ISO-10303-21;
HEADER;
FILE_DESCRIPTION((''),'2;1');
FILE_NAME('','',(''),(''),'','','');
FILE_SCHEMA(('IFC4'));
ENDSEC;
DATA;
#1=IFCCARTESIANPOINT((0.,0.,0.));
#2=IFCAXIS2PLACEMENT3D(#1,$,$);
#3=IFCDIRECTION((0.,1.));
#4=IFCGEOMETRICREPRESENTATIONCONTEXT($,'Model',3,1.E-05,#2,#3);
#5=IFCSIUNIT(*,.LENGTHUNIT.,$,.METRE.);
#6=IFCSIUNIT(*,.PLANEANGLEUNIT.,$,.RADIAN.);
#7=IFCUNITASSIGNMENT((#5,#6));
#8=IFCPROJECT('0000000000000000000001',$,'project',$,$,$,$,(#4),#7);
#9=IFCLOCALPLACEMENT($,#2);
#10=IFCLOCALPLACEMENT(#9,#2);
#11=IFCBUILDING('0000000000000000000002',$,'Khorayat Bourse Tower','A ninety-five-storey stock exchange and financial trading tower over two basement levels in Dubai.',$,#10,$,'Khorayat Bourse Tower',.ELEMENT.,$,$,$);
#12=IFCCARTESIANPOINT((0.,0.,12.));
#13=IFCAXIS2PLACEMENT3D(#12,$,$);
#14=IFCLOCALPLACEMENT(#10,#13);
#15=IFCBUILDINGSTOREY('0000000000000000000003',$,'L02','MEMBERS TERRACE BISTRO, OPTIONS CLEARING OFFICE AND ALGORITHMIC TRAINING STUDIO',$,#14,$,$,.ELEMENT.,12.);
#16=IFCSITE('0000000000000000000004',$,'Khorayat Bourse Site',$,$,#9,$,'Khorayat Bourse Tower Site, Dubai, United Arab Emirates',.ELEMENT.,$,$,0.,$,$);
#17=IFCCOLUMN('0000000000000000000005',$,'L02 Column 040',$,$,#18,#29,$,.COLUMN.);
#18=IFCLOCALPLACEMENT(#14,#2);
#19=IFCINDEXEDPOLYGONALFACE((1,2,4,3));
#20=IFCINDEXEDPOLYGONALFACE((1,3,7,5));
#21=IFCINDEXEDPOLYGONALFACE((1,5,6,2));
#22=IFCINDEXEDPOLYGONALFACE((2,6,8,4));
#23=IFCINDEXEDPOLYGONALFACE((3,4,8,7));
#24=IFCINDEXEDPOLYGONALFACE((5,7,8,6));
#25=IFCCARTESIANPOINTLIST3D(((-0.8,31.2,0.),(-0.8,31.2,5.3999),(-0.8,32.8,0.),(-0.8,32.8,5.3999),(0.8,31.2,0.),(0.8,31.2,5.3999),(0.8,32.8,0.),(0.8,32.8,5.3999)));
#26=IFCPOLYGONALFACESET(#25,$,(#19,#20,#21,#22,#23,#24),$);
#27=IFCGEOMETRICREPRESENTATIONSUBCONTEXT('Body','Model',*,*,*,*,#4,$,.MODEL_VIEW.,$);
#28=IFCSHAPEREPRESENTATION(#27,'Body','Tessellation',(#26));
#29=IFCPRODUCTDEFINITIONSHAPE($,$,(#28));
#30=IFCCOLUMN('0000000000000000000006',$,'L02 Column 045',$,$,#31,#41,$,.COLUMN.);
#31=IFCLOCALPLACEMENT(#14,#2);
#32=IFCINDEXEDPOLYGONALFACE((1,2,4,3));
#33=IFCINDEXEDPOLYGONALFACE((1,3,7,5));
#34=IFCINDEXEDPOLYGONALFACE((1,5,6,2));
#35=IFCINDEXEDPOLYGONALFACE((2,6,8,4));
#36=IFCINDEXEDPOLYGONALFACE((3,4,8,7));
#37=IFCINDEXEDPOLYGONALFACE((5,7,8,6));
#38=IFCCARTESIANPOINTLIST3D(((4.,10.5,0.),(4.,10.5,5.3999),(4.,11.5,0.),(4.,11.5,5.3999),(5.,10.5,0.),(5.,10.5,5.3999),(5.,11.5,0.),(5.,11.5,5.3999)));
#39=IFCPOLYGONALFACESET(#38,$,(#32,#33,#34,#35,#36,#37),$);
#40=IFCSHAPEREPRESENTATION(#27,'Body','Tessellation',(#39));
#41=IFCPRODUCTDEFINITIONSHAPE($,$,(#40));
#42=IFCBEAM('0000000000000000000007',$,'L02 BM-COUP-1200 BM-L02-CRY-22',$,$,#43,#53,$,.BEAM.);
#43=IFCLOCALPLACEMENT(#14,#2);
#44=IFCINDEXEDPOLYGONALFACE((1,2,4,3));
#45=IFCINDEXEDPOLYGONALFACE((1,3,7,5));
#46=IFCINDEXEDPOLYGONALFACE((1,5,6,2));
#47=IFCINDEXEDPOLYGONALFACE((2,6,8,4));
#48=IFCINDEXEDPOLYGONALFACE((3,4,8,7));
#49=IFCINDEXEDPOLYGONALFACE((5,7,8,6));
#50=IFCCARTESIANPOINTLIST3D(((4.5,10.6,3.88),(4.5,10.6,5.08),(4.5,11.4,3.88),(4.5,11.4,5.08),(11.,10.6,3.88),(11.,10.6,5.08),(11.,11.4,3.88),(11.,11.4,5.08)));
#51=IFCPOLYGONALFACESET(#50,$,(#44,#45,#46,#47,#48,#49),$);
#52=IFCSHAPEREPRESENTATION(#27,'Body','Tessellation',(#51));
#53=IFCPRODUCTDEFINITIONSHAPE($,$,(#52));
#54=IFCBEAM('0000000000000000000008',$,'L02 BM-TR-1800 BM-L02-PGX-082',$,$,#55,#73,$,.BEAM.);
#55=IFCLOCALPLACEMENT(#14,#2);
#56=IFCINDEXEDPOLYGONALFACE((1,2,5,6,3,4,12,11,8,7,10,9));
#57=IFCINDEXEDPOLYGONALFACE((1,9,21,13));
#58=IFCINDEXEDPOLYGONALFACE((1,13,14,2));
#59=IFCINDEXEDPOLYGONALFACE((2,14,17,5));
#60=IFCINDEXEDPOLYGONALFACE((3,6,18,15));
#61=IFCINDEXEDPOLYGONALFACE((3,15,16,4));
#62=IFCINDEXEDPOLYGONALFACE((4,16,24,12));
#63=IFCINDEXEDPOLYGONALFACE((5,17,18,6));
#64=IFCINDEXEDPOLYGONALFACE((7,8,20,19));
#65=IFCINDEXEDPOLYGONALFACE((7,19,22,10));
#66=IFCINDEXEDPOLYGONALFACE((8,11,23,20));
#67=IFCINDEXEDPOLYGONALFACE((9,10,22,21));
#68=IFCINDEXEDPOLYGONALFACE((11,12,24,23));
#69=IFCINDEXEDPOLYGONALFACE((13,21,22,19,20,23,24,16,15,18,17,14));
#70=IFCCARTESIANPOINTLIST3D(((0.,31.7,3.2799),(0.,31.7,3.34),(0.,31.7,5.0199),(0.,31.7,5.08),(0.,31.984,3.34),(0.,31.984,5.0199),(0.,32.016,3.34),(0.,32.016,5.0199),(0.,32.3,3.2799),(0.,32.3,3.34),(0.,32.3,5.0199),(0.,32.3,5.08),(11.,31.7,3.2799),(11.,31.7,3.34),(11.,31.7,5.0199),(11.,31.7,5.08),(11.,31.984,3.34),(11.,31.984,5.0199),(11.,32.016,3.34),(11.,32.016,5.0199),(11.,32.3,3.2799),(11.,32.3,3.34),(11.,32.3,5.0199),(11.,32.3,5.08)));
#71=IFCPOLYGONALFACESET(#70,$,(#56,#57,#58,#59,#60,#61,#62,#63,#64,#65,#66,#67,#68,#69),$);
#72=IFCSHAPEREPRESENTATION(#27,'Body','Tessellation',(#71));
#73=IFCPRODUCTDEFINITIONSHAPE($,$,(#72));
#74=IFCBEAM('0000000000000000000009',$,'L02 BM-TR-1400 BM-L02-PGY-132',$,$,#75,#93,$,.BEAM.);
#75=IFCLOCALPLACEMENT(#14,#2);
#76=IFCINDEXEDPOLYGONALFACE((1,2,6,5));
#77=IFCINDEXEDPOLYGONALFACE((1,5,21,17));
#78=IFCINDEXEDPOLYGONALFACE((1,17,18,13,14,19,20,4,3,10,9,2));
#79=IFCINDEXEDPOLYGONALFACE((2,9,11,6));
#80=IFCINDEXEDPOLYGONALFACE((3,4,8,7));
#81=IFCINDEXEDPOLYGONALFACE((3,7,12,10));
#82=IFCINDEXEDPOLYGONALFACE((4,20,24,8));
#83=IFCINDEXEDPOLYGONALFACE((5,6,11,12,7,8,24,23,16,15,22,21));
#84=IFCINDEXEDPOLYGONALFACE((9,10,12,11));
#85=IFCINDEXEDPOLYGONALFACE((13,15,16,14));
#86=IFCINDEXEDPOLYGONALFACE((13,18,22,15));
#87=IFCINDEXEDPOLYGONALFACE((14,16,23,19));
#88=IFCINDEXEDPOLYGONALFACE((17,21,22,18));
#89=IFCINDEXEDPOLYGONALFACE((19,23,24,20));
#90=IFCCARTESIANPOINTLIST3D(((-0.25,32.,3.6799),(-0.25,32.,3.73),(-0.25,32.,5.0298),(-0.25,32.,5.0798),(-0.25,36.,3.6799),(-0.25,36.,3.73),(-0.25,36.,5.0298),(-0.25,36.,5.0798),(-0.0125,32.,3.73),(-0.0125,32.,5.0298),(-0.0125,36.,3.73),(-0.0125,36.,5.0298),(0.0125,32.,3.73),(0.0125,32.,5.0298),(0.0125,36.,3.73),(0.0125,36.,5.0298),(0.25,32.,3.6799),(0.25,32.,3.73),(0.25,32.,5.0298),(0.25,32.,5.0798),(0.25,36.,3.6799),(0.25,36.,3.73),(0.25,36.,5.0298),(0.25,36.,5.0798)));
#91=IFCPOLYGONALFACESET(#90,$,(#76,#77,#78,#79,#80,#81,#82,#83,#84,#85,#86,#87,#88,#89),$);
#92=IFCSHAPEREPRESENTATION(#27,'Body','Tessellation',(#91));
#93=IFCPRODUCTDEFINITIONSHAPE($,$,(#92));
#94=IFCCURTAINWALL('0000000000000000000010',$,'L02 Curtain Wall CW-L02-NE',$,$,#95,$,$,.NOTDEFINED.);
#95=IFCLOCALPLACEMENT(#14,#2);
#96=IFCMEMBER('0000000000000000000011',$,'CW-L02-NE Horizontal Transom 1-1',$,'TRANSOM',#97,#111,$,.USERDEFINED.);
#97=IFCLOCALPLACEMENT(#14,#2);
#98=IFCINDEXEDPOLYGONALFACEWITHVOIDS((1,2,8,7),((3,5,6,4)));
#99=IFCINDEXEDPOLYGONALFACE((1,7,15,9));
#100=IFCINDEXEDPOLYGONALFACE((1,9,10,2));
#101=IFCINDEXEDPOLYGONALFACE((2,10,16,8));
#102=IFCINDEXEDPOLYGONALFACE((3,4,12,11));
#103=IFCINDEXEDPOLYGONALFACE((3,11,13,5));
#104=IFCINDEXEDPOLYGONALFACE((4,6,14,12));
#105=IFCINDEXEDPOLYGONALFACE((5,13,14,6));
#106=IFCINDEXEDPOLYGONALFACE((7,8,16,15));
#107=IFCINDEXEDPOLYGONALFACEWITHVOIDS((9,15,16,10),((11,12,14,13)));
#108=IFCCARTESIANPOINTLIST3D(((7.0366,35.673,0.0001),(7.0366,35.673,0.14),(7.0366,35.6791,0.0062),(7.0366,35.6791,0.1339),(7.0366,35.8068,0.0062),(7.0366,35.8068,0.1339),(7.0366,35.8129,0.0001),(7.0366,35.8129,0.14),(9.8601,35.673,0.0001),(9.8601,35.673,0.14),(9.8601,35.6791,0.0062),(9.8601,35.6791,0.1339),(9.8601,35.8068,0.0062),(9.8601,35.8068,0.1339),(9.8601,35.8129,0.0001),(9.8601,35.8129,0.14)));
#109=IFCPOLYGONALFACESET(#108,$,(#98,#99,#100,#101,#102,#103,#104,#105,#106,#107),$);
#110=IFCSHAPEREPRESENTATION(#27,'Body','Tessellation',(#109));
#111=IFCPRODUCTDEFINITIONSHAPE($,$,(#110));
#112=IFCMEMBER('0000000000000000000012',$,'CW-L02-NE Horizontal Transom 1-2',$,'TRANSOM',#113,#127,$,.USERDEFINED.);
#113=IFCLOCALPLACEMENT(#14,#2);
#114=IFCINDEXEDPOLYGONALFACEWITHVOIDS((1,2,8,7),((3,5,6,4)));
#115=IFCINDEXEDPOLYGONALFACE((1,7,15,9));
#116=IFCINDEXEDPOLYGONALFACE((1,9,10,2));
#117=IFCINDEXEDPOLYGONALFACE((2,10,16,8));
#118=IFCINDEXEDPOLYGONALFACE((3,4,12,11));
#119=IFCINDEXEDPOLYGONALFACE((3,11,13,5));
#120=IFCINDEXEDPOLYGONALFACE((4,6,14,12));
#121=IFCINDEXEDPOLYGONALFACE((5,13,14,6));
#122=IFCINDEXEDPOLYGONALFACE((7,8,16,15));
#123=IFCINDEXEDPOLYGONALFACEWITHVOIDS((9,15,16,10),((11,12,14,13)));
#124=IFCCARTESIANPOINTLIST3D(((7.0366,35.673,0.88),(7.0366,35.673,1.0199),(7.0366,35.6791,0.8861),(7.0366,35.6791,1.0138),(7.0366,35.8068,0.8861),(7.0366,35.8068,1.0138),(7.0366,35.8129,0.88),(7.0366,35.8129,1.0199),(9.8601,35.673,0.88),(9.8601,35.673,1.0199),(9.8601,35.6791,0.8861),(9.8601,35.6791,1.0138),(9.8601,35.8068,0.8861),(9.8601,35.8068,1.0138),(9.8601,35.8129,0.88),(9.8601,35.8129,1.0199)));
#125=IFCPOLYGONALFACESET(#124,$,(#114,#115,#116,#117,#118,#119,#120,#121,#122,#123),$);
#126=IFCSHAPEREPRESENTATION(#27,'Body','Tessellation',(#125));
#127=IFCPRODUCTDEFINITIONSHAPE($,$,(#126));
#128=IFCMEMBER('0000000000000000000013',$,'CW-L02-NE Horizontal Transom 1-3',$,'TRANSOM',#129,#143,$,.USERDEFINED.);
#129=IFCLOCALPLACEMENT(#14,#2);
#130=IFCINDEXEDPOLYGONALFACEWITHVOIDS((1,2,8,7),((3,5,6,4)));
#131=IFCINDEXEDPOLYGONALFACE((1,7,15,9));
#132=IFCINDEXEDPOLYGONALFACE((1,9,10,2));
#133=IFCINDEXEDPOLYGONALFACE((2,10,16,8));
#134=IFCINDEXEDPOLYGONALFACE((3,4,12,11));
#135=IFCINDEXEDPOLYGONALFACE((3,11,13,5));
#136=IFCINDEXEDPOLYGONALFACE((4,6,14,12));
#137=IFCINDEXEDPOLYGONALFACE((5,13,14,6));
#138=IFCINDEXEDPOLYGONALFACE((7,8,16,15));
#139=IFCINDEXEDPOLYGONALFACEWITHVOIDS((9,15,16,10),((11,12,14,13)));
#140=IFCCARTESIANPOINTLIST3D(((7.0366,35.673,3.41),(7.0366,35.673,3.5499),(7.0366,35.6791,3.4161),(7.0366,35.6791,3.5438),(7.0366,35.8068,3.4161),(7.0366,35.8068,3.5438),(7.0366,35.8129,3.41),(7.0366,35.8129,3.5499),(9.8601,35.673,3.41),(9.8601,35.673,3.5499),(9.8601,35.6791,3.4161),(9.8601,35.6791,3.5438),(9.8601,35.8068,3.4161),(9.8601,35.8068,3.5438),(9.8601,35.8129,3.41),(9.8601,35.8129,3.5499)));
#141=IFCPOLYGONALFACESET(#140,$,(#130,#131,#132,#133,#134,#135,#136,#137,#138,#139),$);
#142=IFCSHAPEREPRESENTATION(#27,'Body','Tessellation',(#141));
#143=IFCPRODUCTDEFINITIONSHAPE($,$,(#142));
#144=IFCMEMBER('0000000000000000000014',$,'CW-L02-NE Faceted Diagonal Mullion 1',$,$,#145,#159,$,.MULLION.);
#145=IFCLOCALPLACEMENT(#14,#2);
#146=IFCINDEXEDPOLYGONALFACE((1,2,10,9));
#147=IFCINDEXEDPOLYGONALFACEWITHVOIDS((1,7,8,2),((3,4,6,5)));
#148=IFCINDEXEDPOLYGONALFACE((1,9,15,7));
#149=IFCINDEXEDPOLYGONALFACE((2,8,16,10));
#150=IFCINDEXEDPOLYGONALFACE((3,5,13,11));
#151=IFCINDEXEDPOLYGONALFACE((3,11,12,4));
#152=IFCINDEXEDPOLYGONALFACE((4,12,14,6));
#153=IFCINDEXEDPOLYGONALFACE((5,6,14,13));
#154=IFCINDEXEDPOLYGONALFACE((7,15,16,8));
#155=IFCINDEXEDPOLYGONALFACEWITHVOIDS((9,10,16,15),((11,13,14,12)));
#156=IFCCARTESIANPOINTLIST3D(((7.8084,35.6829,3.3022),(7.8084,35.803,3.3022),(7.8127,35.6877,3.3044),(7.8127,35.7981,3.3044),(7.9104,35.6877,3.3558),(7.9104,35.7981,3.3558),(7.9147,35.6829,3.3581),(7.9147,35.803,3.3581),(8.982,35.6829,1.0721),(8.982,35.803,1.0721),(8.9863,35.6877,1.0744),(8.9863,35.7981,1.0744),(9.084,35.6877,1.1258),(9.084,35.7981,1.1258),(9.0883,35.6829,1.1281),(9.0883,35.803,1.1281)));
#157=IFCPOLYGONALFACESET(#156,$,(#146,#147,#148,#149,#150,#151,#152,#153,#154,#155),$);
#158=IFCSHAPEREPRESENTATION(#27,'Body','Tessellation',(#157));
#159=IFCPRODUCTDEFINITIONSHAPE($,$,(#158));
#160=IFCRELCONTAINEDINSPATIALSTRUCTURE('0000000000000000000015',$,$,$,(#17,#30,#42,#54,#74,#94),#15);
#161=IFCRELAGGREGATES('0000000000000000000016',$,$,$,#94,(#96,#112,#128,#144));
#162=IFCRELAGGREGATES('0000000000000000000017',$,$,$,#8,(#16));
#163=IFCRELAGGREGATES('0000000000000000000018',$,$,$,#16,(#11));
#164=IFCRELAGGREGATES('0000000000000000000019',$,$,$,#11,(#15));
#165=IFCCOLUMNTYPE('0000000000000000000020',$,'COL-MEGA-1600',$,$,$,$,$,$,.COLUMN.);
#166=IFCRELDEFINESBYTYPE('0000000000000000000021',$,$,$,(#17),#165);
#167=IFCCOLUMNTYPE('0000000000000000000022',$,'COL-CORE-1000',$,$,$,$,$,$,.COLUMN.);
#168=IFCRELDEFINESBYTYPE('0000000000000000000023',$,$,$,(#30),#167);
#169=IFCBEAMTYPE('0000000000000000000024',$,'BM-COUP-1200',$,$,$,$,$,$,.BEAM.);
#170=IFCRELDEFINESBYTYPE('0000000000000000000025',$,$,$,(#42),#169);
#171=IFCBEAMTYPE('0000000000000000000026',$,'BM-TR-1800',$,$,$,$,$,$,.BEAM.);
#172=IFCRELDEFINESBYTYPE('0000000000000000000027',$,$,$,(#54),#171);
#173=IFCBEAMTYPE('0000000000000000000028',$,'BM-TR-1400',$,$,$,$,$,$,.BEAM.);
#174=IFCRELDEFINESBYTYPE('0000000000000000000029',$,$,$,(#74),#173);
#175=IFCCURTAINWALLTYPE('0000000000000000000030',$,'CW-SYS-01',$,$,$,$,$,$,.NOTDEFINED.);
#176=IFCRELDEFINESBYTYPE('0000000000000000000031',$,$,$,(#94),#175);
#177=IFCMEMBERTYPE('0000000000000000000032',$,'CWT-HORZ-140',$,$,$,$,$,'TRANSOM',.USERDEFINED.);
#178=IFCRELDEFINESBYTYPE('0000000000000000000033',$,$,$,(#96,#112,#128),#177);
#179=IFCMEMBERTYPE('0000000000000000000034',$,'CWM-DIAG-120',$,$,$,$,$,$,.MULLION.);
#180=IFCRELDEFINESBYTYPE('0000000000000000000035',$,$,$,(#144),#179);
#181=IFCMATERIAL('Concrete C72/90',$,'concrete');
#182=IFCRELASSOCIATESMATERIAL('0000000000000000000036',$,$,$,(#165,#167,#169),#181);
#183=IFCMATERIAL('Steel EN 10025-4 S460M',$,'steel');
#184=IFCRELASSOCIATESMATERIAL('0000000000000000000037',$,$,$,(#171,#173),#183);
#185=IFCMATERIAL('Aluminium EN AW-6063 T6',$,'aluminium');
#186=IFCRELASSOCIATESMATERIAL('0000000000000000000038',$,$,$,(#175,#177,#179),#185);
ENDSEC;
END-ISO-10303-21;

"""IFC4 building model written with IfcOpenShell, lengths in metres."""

from ifc_helpers import new_model, si_unit, direction, frame, origin, origin_2d, place, context, subcontext, project, spatial, rectangle, hollow_rectangle, i_section, extrude, source, transform, mapped, material, material_profile, profile_set, type_object, element, aggregate, save


model = new_model("IFC4")

# Units and contexts
model_context = context("Model", 3, precision=1e-05, world=origin(), true_north=direction((0.0, 1.0)))
body_context = subcontext(model_context, "Body", "Model", "MODEL_VIEW")
ifc_project = project(units=[si_unit("LENGTHUNIT", "METRE"), si_unit("PLANEANGLEUNIT", "RADIAN")], contexts=[model_context])

# Site, building, storey
site_placement = place(None, origin())
site = spatial("IfcSite", under=ifc_project, at=site_placement, Name="Khorayat Bourse Site", LongName="Khorayat Bourse Tower Site, Dubai, United Arab Emirates", CompositionType="ELEMENT", RefElevation=0.0)
building_placement = place(site_placement, origin())
building = spatial("IfcBuilding", under=site, at=building_placement, Name="Khorayat Bourse Tower", Description="A ninety-five-storey stock exchange and financial trading tower over two basement levels in Dubai.", LongName="Khorayat Bourse Tower", CompositionType="ELEMENT")
storey_placement = place(building_placement, frame((0.0, 0.0, 12.0)))
storey = spatial("IfcBuildingStorey", under=building, at=storey_placement, Name="L02", Description="MEMBERS TERRACE BISTRO, OPTIONS CLEARING OFFICE AND ALGORITHMIC TRAINING STUDIO", CompositionType="ELEMENT", Elevation=12.0)

# Columns
ifc_material_1 = material(Name="Concrete C72/90", Category="concrete")
ifc_material_profile_1 = material_profile(ifc_material_1, rectangle(XDim=1.6001, YDim=1.6001, at=origin_2d()), Name="RC 1600x1600")
ifc_profile_set_1 = profile_set([ifc_material_profile_1], Name="Concrete C72/90")
column_type_1 = type_object("IfcColumnType", Name="COL-MEGA-1600", PredefinedType="COLUMN", material=ifc_profile_set_1)
shared_shape_1 = source(origin(), body_context, "Body", "SweptSolid", [
    extrude(rectangle(XDim=1.6001, YDim=1.6001, at=origin_2d()), origin(), (0.0, 0.0, 1.0), 5.3999),
])
column_1_placement = place(storey_placement, frame((0.0, 32.0, 0.0), z_axis=(0.0, 0.0, 1.0), x_axis=(1.0, 0.0, 0.0)))
element("IfcColumn", 1, at=column_1_placement, inside=storey, type_object=column_type_1, Name="L02 Column 040", PredefinedType="COLUMN", context=body_context, shape_type="MappedRepresentation", body=[
    mapped(shared_shape_1, transform((0.0, 0.0, 0.0), scale=1.0)),
])
ifc_material_profile_2 = material_profile(ifc_material_1, rectangle(XDim=1.0, YDim=1.0, at=origin_2d()), Name="RC 1000x1000")
ifc_profile_set_2 = profile_set([ifc_material_profile_2], Name="Concrete C72/90")
column_type_2 = type_object("IfcColumnType", Name="COL-CORE-1000", PredefinedType="COLUMN", material=ifc_profile_set_2)
shared_shape_2 = source(origin(), body_context, "Body", "SweptSolid", [
    extrude(rectangle(XDim=1.0, YDim=1.0, at=origin_2d()), origin(), (0.0, 0.0, 1.0), 5.3999),
])
column_2_placement = place(storey_placement, frame((4.5, 11.0, 0.0), z_axis=(0.0, 0.0, 1.0), x_axis=(1.0, 0.0, 0.0)))
element("IfcColumn", 2, at=column_2_placement, inside=storey, type_object=column_type_2, Name="L02 Column 045", PredefinedType="COLUMN", context=body_context, shape_type="MappedRepresentation", body=[
    mapped(shared_shape_2, transform((0.0, 0.0, 0.0), scale=1.0)),
])

# Beams
ifc_material_profile_3 = material_profile(ifc_material_1, rectangle(XDim=0.8, YDim=1.2, at=origin_2d()), Name="RC 800x1200")
ifc_profile_set_3 = profile_set([ifc_material_profile_3], Name="Concrete C72/90")
beam_type_1 = type_object("IfcBeamType", Name="BM-COUP-1200", PredefinedType="BEAM", material=ifc_profile_set_3)
shared_shape_3 = source(origin(), body_context, "Body", "SweptSolid", [
    extrude(rectangle(XDim=0.8, YDim=1.2, at=origin_2d()), origin(), (0.0, 0.0, 1.0), 6.5),
])
beam_1_placement = place(storey_placement, frame((4.5, 11.0, 4.48), z_axis=(1.0, 0.0, 0.0), x_axis=(0.0, 1.0, 0.0)))
element("IfcBeam", 3, at=beam_1_placement, inside=storey, type_object=beam_type_1, Name="L02 BM-COUP-1200 BM-L02-CRY-22", PredefinedType="BEAM", context=body_context, shape_type="MappedRepresentation", body=[
    mapped(shared_shape_3, transform((0.0, 0.0, 0.0), scale=1.0)),
])
ifc_material_2 = material(Name="Steel EN 10025-4 S460M", Category="steel")
ifc_material_profile_4 = material_profile(ifc_material_2, i_section(OverallWidth=0.6001, OverallDepth=1.8, WebThickness=0.032, FlangeThickness=0.0601, at=origin_2d()), Name="PG 1800x600x32x60")
ifc_profile_set_4 = profile_set([ifc_material_profile_4], Name="Steel EN 10025-4 S460M")
beam_type_2 = type_object("IfcBeamType", Name="BM-TR-1800", PredefinedType="BEAM", material=ifc_profile_set_4)
shared_shape_4 = source(origin(), body_context, "Body", "SweptSolid", [
    extrude(i_section(OverallWidth=0.6001, OverallDepth=1.8, WebThickness=0.032, FlangeThickness=0.0601, at=origin_2d()), origin(), (0.0, 0.0, 1.0), 11.0),
])
beam_2_placement = place(storey_placement, frame((0.0, 32.0, 4.1799), z_axis=(1.0, 0.0, 0.0), x_axis=(0.0, 1.0, 0.0)))
element("IfcBeam", 4, at=beam_2_placement, inside=storey, type_object=beam_type_2, Name="L02 BM-TR-1800 BM-L02-PGX-082", PredefinedType="BEAM", context=body_context, shape_type="MappedRepresentation", body=[
    mapped(shared_shape_4, transform((0.0, 0.0, 0.0), scale=1.0)),
])
ifc_material_profile_5 = material_profile(ifc_material_2, i_section(OverallWidth=0.5, OverallDepth=1.3999, WebThickness=0.0249, FlangeThickness=0.05, at=origin_2d()), Name="PG 1400x500x25x50")
ifc_profile_set_5 = profile_set([ifc_material_profile_5], Name="Steel EN 10025-4 S460M")
beam_type_3 = type_object("IfcBeamType", Name="BM-TR-1400", PredefinedType="BEAM", material=ifc_profile_set_5)
shared_shape_5 = source(origin(), body_context, "Body", "SweptSolid", [
    extrude(i_section(OverallWidth=0.5, OverallDepth=1.3999, WebThickness=0.0249, FlangeThickness=0.05, at=origin_2d()), origin(), (0.0, 0.0, 1.0), 4.0),
])
beam_3_placement = place(storey_placement, frame((0.0, 32.0, 4.3799), z_axis=(0.0, 1.0, 0.0), x_axis=(-1.0, 0.0, 0.0)))
element("IfcBeam", 5, at=beam_3_placement, inside=storey, type_object=beam_type_3, Name="L02 BM-TR-1400 BM-L02-PGY-132", PredefinedType="BEAM", context=body_context, shape_type="MappedRepresentation", body=[
    mapped(shared_shape_5, transform((0.0, 0.0, 0.0), scale=1.0)),
])

# Curtain wall, members
ifc_material_3 = material(Name="Aluminium EN AW-6063 T6", Category="aluminium")
curtain_wall_type = type_object("IfcCurtainWallType", Name="CW-SYS-01", PredefinedType="NOTDEFINED", material=ifc_material_3)
curtain_wall_1_placement = place(storey_placement, origin())
curtain_wall_1 = element("IfcCurtainWall", 6, at=curtain_wall_1_placement, inside=storey, type_object=curtain_wall_type, Name="L02 Curtain Wall CW-L02-NE", PredefinedType="NOTDEFINED")
ifc_material_profile_6 = material_profile(ifc_material_3, hollow_rectangle(XDim=0.1399, YDim=0.1399, WallThickness=0.0061, at=origin_2d()), Name="ALU 140x140x6")
ifc_profile_set_6 = profile_set([ifc_material_profile_6], Name="Aluminium EN AW-6063 T6")
member_type_1 = type_object("IfcMemberType", Name="CWT-HORZ-140", ElementType="TRANSOM", PredefinedType="USERDEFINED", material=ifc_profile_set_6)
shared_shape_6 = source(origin(), body_context, "Body", "SweptSolid", [
    extrude(hollow_rectangle(XDim=0.1399, YDim=0.1399, WallThickness=0.0061, at=origin_2d()), origin(), (0.0, 0.0, 1.0), 2.8235),
])
member_1_placement = place(storey_placement, frame((9.8601, 35.7429, 0.0701), z_axis=(-1.0, 0.0, 0.0), x_axis=(0.0, -1.0, 0.0)))
member_1 = element("IfcMember", 7, at=member_1_placement, type_object=member_type_1, Name="CW-L02-NE Horizontal Transom 1-1", ObjectType="TRANSOM", PredefinedType="USERDEFINED", context=body_context, shape_type="MappedRepresentation", body=[
    mapped(shared_shape_6, transform((0.0, 0.0, 0.0), scale=1.0)),
])
member_2_placement = place(storey_placement, frame((9.8601, 35.7429, 0.95), z_axis=(-1.0, 0.0, 0.0), x_axis=(0.0, -1.0, 0.0)))
member_2 = element("IfcMember", 8, at=member_2_placement, type_object=member_type_1, Name="CW-L02-NE Horizontal Transom 1-2", ObjectType="TRANSOM", PredefinedType="USERDEFINED", context=body_context, shape_type="MappedRepresentation", body=[
    mapped(shared_shape_6, transform((0.0, 0.0, 0.0), scale=1.0)),
])
member_3_placement = place(storey_placement, frame((9.8601, 35.7429, 3.48), z_axis=(-1.0, 0.0, 0.0), x_axis=(0.0, -1.0, 0.0)))
member_3 = element("IfcMember", 9, at=member_3_placement, type_object=member_type_1, Name="CW-L02-NE Horizontal Transom 1-3", ObjectType="TRANSOM", PredefinedType="USERDEFINED", context=body_context, shape_type="MappedRepresentation", body=[
    mapped(shared_shape_6, transform((0.0, 0.0, 0.0), scale=1.0)),
])
ifc_material_profile_7 = material_profile(ifc_material_3, hollow_rectangle(XDim=0.1201, YDim=0.1201, WallThickness=0.0049, at=origin_2d()), Name="ALU 120x120x5")
ifc_profile_set_7 = profile_set([ifc_material_profile_7], Name="Aluminium EN AW-6063 T6")
member_type_2 = type_object("IfcMemberType", Name="CWM-DIAG-120", PredefinedType="MULLION", material=ifc_profile_set_7)
shared_shape_7 = source(origin(), body_context, "Body", "SweptSolid", [
    extrude(hollow_rectangle(XDim=0.1201, YDim=0.1201, WallThickness=0.0049, at=origin_2d()), origin(), (0.0, 0.0, 1.0), 2.52),
])
member_4_placement = place(storey_placement, frame((9.0352, 35.7429, 1.1001), z_axis=(-0.465718, 0.0, 0.884933), x_axis=(0.0, -1.0, 0.0)))
member_4 = element("IfcMember", 10, at=member_4_placement, type_object=member_type_2, Name="CW-L02-NE Faceted Diagonal Mullion 1", PredefinedType="MULLION", context=body_context, shape_type="MappedRepresentation", body=[
    mapped(shared_shape_7, transform((0.0, 0.0, 0.0), scale=1.0)),
])

aggregate(curtain_wall_1, [member_1, member_2, member_3, member_4])

save(model, "model.ifc")
